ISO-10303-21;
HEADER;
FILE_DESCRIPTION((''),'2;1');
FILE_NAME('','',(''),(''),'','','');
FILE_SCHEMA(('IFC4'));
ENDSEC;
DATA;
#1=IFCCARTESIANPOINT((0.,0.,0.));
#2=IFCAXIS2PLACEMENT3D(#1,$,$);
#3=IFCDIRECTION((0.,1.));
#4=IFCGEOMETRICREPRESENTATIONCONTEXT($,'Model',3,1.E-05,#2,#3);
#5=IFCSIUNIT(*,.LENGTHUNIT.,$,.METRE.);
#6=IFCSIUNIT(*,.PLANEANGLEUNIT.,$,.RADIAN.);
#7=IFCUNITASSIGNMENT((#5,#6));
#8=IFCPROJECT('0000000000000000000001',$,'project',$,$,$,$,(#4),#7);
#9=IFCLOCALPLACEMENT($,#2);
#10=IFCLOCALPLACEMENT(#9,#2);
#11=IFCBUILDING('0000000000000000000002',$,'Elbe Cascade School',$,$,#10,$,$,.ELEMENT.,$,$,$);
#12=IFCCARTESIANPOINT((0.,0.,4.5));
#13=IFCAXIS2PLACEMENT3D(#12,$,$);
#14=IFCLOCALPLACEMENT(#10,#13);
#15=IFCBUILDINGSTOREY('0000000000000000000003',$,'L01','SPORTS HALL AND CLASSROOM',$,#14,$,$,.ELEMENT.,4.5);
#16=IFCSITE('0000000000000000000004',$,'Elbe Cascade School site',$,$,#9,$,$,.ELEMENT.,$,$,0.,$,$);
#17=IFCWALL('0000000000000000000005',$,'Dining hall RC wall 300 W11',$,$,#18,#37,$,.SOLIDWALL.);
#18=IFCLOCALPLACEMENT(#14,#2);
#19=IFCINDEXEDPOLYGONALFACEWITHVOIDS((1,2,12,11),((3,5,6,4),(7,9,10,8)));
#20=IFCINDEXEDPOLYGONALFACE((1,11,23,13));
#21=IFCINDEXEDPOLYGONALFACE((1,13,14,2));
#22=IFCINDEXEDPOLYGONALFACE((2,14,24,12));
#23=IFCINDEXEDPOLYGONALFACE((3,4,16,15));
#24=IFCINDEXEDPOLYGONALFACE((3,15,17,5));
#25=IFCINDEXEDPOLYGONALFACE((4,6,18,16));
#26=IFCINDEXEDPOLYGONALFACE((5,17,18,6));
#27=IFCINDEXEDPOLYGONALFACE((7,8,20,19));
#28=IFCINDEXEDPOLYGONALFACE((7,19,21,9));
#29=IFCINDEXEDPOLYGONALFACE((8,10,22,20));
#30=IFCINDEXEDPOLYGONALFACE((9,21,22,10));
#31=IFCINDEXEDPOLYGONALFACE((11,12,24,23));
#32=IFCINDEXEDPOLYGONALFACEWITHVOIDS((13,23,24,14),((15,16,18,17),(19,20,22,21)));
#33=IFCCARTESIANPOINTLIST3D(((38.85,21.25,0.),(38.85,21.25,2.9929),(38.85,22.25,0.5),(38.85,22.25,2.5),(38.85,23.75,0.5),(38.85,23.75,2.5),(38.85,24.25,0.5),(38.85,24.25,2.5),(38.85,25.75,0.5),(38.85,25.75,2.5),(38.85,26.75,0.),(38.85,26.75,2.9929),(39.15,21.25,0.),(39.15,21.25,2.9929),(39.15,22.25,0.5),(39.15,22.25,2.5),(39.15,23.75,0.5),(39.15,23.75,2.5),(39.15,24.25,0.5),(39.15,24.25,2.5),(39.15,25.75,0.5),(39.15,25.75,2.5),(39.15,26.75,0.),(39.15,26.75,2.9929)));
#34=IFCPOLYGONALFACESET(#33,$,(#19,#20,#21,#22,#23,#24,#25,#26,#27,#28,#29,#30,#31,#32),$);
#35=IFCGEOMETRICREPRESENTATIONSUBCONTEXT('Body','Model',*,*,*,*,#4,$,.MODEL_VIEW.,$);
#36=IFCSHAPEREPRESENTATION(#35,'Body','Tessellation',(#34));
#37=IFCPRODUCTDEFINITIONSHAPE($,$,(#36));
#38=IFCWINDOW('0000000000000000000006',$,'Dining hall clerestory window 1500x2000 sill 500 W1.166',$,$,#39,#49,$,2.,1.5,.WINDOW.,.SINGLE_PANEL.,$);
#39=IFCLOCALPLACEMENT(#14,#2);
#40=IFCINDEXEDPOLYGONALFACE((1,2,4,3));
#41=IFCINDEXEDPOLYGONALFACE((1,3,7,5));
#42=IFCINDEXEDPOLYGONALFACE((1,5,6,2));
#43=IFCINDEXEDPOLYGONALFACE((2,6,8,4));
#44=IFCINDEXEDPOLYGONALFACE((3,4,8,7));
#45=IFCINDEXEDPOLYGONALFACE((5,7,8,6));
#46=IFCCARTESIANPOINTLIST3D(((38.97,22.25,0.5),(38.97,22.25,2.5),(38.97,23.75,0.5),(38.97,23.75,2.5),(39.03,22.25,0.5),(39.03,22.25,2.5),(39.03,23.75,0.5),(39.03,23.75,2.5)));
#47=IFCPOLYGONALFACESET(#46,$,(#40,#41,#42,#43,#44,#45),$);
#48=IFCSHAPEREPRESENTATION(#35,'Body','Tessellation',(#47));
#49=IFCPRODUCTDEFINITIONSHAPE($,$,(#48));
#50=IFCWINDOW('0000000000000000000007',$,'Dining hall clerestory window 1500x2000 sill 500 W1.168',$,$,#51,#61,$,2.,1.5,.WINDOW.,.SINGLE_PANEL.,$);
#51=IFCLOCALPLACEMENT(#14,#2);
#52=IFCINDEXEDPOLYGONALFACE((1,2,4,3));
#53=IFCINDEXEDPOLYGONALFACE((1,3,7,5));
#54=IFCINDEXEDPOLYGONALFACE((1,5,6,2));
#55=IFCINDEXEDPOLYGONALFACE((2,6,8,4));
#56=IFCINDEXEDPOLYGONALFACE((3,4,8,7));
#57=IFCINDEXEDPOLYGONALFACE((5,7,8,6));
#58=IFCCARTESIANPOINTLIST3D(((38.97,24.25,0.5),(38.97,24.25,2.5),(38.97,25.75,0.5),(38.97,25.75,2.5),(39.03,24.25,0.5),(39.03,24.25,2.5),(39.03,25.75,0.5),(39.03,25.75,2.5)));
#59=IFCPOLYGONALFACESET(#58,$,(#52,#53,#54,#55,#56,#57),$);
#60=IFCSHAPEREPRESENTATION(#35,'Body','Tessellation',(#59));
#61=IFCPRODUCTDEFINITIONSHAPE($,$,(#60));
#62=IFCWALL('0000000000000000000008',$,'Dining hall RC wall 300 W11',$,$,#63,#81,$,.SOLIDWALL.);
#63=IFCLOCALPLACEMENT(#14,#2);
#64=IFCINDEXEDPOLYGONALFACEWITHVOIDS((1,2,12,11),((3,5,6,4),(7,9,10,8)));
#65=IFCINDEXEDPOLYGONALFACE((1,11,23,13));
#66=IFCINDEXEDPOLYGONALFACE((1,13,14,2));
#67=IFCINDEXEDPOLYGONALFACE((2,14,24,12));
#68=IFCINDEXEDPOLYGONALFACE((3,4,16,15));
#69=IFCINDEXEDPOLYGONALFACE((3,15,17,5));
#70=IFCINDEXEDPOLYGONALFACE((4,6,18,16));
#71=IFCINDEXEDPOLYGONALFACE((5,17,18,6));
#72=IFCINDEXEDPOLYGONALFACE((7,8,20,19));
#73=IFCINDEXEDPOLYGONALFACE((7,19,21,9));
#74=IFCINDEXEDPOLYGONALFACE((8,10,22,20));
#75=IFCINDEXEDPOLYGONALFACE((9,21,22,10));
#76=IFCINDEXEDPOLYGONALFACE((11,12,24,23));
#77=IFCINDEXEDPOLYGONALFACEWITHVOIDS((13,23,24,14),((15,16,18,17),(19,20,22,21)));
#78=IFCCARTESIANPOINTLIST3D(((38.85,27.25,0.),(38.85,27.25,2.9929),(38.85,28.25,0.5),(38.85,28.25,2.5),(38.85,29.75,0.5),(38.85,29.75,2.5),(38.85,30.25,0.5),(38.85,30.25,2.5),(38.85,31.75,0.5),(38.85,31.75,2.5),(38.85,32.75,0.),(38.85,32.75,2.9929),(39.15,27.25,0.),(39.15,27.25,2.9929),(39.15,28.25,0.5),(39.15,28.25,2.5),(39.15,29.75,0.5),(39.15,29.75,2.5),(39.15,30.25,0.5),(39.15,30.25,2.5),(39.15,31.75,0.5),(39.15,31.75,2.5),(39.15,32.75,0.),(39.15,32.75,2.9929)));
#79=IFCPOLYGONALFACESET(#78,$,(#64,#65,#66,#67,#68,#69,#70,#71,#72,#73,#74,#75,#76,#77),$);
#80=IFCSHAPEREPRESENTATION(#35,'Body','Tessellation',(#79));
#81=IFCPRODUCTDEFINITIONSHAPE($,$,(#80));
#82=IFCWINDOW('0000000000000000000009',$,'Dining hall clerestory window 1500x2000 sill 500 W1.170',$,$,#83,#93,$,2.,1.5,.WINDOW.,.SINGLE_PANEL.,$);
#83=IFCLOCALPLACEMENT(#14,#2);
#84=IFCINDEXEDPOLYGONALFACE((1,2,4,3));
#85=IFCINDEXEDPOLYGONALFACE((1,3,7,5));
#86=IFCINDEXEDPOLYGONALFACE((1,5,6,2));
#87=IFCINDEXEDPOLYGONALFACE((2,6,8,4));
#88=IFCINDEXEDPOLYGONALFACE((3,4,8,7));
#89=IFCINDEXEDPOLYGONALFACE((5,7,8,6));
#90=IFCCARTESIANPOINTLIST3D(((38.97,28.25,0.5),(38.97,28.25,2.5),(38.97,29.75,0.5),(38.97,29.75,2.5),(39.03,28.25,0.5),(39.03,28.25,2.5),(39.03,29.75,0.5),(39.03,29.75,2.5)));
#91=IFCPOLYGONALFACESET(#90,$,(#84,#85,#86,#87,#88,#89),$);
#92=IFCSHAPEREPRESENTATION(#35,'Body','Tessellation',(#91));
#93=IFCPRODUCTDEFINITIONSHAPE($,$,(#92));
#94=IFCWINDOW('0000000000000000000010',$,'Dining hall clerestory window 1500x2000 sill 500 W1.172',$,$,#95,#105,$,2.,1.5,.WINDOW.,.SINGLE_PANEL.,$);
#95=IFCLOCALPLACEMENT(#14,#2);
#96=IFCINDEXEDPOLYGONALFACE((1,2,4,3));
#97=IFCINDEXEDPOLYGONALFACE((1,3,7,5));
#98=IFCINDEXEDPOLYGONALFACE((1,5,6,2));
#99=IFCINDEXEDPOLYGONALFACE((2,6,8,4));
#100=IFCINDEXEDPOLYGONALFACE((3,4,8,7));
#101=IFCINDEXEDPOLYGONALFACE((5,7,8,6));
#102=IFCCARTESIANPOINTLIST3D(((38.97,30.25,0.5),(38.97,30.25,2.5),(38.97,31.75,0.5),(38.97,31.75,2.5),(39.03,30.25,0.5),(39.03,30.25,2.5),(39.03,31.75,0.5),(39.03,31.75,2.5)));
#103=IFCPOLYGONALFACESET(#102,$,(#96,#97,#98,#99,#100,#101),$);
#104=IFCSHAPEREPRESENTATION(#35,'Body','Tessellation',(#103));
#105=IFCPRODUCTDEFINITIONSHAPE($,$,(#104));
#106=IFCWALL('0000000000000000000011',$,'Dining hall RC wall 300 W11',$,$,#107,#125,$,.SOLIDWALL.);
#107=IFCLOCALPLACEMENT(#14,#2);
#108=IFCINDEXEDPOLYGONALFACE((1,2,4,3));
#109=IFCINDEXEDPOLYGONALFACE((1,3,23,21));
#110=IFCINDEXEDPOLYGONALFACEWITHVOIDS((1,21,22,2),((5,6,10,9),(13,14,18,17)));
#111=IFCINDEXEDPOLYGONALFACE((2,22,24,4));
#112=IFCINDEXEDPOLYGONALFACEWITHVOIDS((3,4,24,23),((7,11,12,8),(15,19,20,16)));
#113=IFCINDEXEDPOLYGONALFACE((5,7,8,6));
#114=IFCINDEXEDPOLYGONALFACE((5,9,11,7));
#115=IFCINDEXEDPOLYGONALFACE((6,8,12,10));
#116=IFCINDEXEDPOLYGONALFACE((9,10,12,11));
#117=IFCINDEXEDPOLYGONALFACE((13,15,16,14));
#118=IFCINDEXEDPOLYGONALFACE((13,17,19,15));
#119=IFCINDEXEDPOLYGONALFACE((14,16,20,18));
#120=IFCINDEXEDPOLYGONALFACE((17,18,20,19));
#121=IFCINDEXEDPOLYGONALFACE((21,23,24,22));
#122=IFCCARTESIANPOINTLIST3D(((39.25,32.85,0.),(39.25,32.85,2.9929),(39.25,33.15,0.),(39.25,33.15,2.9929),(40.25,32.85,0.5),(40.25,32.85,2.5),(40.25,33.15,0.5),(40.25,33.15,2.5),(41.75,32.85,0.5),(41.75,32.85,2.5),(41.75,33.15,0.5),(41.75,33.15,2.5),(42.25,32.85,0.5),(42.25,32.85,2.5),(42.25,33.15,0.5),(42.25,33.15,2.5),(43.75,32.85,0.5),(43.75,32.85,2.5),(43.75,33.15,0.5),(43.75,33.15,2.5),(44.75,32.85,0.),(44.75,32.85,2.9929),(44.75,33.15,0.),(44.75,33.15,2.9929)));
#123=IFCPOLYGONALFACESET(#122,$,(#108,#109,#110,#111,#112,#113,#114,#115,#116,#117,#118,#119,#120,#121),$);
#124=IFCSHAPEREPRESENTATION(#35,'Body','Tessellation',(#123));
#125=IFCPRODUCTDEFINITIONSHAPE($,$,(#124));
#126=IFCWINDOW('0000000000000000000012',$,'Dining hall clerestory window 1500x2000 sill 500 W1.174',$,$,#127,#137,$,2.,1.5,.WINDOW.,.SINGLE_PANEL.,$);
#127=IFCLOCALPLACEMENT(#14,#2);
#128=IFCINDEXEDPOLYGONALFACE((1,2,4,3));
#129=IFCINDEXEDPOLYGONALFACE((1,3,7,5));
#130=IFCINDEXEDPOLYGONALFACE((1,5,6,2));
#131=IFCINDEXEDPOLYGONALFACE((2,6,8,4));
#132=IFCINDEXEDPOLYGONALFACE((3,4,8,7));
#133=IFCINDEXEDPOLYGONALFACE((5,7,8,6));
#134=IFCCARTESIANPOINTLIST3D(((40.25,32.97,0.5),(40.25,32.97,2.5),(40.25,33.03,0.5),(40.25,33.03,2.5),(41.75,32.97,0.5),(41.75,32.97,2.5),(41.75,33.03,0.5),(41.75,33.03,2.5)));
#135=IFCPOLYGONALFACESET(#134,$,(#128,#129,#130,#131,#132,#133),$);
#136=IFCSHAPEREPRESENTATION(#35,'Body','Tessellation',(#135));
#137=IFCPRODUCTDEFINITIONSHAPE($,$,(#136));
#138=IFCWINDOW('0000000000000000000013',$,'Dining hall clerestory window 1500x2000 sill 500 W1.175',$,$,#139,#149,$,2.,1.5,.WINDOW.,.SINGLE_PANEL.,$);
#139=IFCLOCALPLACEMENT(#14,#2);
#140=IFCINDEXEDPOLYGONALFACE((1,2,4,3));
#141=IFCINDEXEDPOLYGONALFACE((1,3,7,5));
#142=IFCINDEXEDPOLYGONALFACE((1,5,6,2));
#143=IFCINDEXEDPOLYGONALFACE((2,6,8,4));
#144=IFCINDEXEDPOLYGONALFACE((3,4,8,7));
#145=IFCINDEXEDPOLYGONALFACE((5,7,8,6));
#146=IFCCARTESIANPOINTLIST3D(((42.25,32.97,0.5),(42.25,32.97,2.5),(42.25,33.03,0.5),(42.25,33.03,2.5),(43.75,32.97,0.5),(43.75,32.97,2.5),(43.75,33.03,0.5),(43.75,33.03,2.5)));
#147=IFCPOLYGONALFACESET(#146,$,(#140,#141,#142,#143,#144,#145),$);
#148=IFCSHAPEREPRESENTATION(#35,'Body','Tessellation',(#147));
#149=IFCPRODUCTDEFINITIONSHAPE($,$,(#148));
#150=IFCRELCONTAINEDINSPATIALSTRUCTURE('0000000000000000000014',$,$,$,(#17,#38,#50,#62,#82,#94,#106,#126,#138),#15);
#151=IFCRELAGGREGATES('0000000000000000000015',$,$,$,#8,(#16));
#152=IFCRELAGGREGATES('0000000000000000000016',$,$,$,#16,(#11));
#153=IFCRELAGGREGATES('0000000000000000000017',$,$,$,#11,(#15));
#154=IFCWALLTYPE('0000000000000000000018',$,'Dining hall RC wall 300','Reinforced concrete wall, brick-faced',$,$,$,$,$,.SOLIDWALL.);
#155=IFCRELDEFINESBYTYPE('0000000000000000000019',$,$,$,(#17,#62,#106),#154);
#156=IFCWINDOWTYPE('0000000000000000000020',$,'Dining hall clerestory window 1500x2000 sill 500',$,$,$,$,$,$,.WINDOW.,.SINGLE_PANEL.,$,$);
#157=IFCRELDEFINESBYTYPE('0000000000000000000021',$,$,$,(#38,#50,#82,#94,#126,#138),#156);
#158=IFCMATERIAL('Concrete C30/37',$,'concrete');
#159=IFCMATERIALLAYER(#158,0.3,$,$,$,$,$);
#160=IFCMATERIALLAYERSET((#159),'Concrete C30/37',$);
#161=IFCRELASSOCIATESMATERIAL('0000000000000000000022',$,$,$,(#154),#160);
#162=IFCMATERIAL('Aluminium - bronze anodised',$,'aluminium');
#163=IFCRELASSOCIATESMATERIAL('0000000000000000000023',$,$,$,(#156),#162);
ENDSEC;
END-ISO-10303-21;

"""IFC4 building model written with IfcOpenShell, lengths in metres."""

from ifc_helpers import new_model, si_unit, direction, frame, frame_2d, origin, place, context, subcontext, project, spatial, rectangle, extrude, material, layer, layer_set, type_object, element, fill, save


model = new_model("IFC4")

# Units and contexts
model_context = context("Model", 3, precision=1e-05, world=origin(), true_north=direction((0.0, 1.0)))
body_context = subcontext(model_context, "Body", "Model", "MODEL_VIEW")
ifc_project = project(units=[si_unit("LENGTHUNIT", "METRE"), si_unit("PLANEANGLEUNIT", "RADIAN")], contexts=[model_context])

# Site, building, storey
site_placement = place(None, origin())
site = spatial("IfcSite", under=ifc_project, at=site_placement, Name="Elbe Cascade School site", CompositionType="ELEMENT", RefElevation=0.0)
building_placement = place(site_placement, origin())
building = spatial("IfcBuilding", under=site, at=building_placement, Name="Elbe Cascade School", CompositionType="ELEMENT")
storey_placement = place(building_placement, frame((0.0, 0.0, 4.5)))
storey = spatial("IfcBuildingStorey", under=building, at=storey_placement, Name="L01", Description="SPORTS HALL AND CLASSROOM", CompositionType="ELEMENT", Elevation=4.5)

# Walls, openings, windows
ifc_material_1 = material(Name="Concrete C30/37", Category="concrete")
ifc_layer_1 = layer(ifc_material_1, 0.3)
ifc_layer_set_1 = layer_set([ifc_layer_1], Name="Concrete C30/37")
wall_type_1 = type_object("IfcWallType", Name="Dining hall RC wall 300", Description="Reinforced concrete wall, brick-faced", PredefinedType="SOLIDWALL", material=ifc_layer_set_1)
wall_1_placement = place(storey_placement, frame((39.0, 21.25, 0.0), z_axis=(0.0, 0.0, 1.0), x_axis=(0.0, 1.0, 0.0)))
wall_1 = element("IfcWall", 1, at=wall_1_placement, inside=storey, type_object=wall_type_1, Name="Dining hall RC wall 300 W11", PredefinedType="SOLIDWALL", context=body_context, shape_type="SweptSolid", body=[
    extrude(rectangle(XDim=5.5, YDim=0.3, at=frame_2d((2.75, 0.0))), origin(), (0.0, 0.0, 1.0), 2.9929),
])
opening_1_placement = place(wall_1_placement, frame((1.0, 0.0, 0.5)))
opening_1 = element("IfcOpeningElement", 2, at=opening_1_placement, cuts=wall_1, PredefinedType="OPENING", context=body_context, shape_type="SweptSolid", body=[
    extrude(rectangle(XDim=1.5, YDim=2.0, at=frame_2d((0.75, 1.0))), frame((0.0, 0.1599, 0.0), z_axis=(0.0, -1.0, 0.0), x_axis=(1.0, 0.0, 0.0)), (0.0, 0.0, 1.0), 0.3201),
])
opening_2_placement = place(wall_1_placement, frame((3.0, 0.0, 0.5)))
opening_2 = element("IfcOpeningElement", 3, at=opening_2_placement, cuts=wall_1, PredefinedType="OPENING", context=body_context, shape_type="SweptSolid", body=[
    extrude(rectangle(XDim=1.5, YDim=2.0, at=frame_2d((0.75, 1.0))), frame((0.0, 0.1599, 0.0), z_axis=(0.0, -1.0, 0.0), x_axis=(1.0, 0.0, 0.0)), (0.0, 0.0, 1.0), 0.3201),
])
ifc_material_2 = material(Name="Aluminium - bronze anodised", Category="aluminium")
window_type_1 = type_object("IfcWindowType", Name="Dining hall clerestory window 1500x2000 sill 500", PartitioningType="SINGLE_PANEL", PredefinedType="WINDOW", material=ifc_material_2)
window_1_placement = place(opening_1_placement, origin())
window_1 = element("IfcWindow", 4, at=window_1_placement, inside=storey, type_object=window_type_1, Name="Dining hall clerestory window 1500x2000 sill 500 W1.166", OverallHeight=2.0, OverallWidth=1.5, PartitioningType="SINGLE_PANEL", PredefinedType="WINDOW", context=body_context, shape_type="SweptSolid", body=[
    extrude(rectangle(XDim=1.5, YDim=2.0, at=frame_2d((0.75, 1.0))), frame((0.0, 0.03, 0.0), z_axis=(0.0, -1.0, 0.0), x_axis=(1.0, 0.0, 0.0)), (0.0, 0.0, 1.0), 0.0601),
])
fill(opening_1, window_1)
window_2_placement = place(opening_2_placement, origin())
window_2 = element("IfcWindow", 5, at=window_2_placement, inside=storey, type_object=window_type_1, Name="Dining hall clerestory window 1500x2000 sill 500 W1.168", OverallHeight=2.0, OverallWidth=1.5, PartitioningType="SINGLE_PANEL", PredefinedType="WINDOW", context=body_context, shape_type="SweptSolid", body=[
    extrude(rectangle(XDim=1.5, YDim=2.0, at=frame_2d((0.75, 1.0))), frame((0.0, 0.03, 0.0), z_axis=(0.0, -1.0, 0.0), x_axis=(1.0, 0.0, 0.0)), (0.0, 0.0, 1.0), 0.0601),
])
fill(opening_2, window_2)
wall_2_placement = place(storey_placement, frame((39.0, 27.25, 0.0), z_axis=(0.0, 0.0, 1.0), x_axis=(0.0, 1.0, 0.0)))
wall_2 = element("IfcWall", 6, at=wall_2_placement, inside=storey, type_object=wall_type_1, Name="Dining hall RC wall 300 W11", PredefinedType="SOLIDWALL", context=body_context, shape_type="SweptSolid", body=[
    extrude(rectangle(XDim=5.5, YDim=0.3, at=frame_2d((2.75, 0.0))), origin(), (0.0, 0.0, 1.0), 2.9929),
])
opening_3_placement = place(wall_2_placement, frame((1.0, 0.0, 0.5)))
opening_3 = element("IfcOpeningElement", 7, at=opening_3_placement, cuts=wall_2, PredefinedType="OPENING", context=body_context, shape_type="SweptSolid", body=[
    extrude(rectangle(XDim=1.5, YDim=2.0, at=frame_2d((0.75, 1.0))), frame((0.0, 0.1599, 0.0), z_axis=(0.0, -1.0, 0.0), x_axis=(1.0, 0.0, 0.0)), (0.0, 0.0, 1.0), 0.3201),
])
opening_4_placement = place(wall_2_placement, frame((3.0, 0.0, 0.5)))
opening_4 = element("IfcOpeningElement", 8, at=opening_4_placement, cuts=wall_2, PredefinedType="OPENING", context=body_context, shape_type="SweptSolid", body=[
    extrude(rectangle(XDim=1.5, YDim=2.0, at=frame_2d((0.75, 1.0))), frame((0.0, 0.1599, 0.0), z_axis=(0.0, -1.0, 0.0), x_axis=(1.0, 0.0, 0.0)), (0.0, 0.0, 1.0), 0.3201),
])
window_3_placement = place(opening_3_placement, origin())
window_3 = element("IfcWindow", 9, at=window_3_placement, inside=storey, type_object=window_type_1, Name="Dining hall clerestory window 1500x2000 sill 500 W1.170", OverallHeight=2.0, OverallWidth=1.5, PartitioningType="SINGLE_PANEL", PredefinedType="WINDOW", context=body_context, shape_type="SweptSolid", body=[
    extrude(rectangle(XDim=1.5, YDim=2.0, at=frame_2d((0.75, 1.0))), frame((0.0, 0.03, 0.0), z_axis=(0.0, -1.0, 0.0), x_axis=(1.0, 0.0, 0.0)), (0.0, 0.0, 1.0), 0.0601),
])
fill(opening_3, window_3)
window_4_placement = place(opening_4_placement, origin())
window_4 = element("IfcWindow", 10, at=window_4_placement, inside=storey, type_object=window_type_1, Name="Dining hall clerestory window 1500x2000 sill 500 W1.172", OverallHeight=2.0, OverallWidth=1.5, PartitioningType="SINGLE_PANEL", PredefinedType="WINDOW", context=body_context, shape_type="SweptSolid", body=[
    extrude(rectangle(XDim=1.5, YDim=2.0, at=frame_2d((0.75, 1.0))), frame((0.0, 0.03, 0.0), z_axis=(0.0, -1.0, 0.0), x_axis=(1.0, 0.0, 0.0)), (0.0, 0.0, 1.0), 0.0601),
])
fill(opening_4, window_4)
wall_3_placement = place(storey_placement, frame((39.25, 33.0, 0.0), z_axis=(0.0, 0.0, 1.0), x_axis=(1.0, 0.0, 0.0)))
wall_3 = element("IfcWall", 11, at=wall_3_placement, inside=storey, type_object=wall_type_1, Name="Dining hall RC wall 300 W11", PredefinedType="SOLIDWALL", context=body_context, shape_type="SweptSolid", body=[
    extrude(rectangle(XDim=5.5, YDim=0.3, at=frame_2d((2.75, 0.0))), origin(), (0.0, 0.0, 1.0), 2.9929),
])
opening_5_placement = place(wall_3_placement, frame((1.0, 0.0, 0.5)))
opening_5 = element("IfcOpeningElement", 12, at=opening_5_placement, cuts=wall_3, PredefinedType="OPENING", context=body_context, shape_type="SweptSolid", body=[
    extrude(rectangle(XDim=1.5, YDim=2.0, at=frame_2d((0.75, 1.0))), frame((0.0, 0.1599, 0.0), z_axis=(0.0, -1.0, 0.0), x_axis=(1.0, 0.0, 0.0)), (0.0, 0.0, 1.0), 0.3201),
])
opening_6_placement = place(wall_3_placement, frame((3.0, 0.0, 0.5)))
opening_6 = element("IfcOpeningElement", 13, at=opening_6_placement, cuts=wall_3, PredefinedType="OPENING", context=body_context, shape_type="SweptSolid", body=[
    extrude(rectangle(XDim=1.5, YDim=2.0, at=frame_2d((0.75, 1.0))), frame((0.0, 0.1599, 0.0), z_axis=(0.0, -1.0, 0.0), x_axis=(1.0, 0.0, 0.0)), (0.0, 0.0, 1.0), 0.3201),
])
window_5_placement = place(opening_5_placement, origin())
window_5 = element("IfcWindow", 14, at=window_5_placement, inside=storey, type_object=window_type_1, Name="Dining hall clerestory window 1500x2000 sill 500 W1.174", OverallHeight=2.0, OverallWidth=1.5, PartitioningType="SINGLE_PANEL", PredefinedType="WINDOW", context=body_context, shape_type="SweptSolid", body=[
    extrude(rectangle(XDim=1.5, YDim=2.0, at=frame_2d((0.75, 1.0))), frame((0.0, 0.03, 0.0), z_axis=(0.0, -1.0, 0.0), x_axis=(1.0, 0.0, 0.0)), (0.0, 0.0, 1.0), 0.0601),
])
fill(opening_5, window_5)
window_6_placement = place(opening_6_placement, origin())
window_6 = element("IfcWindow", 15, at=window_6_placement, inside=storey, type_object=window_type_1, Name="Dining hall clerestory window 1500x2000 sill 500 W1.175", OverallHeight=2.0, OverallWidth=1.5, PartitioningType="SINGLE_PANEL", PredefinedType="WINDOW", context=body_context, shape_type="SweptSolid", body=[
    extrude(rectangle(XDim=1.5, YDim=2.0, at=frame_2d((0.75, 1.0))), frame((0.0, 0.03, 0.0), z_axis=(0.0, -1.0, 0.0), x_axis=(1.0, 0.0, 0.0)), (0.0, 0.0, 1.0), 0.0601),
])
fill(opening_6, window_6)

save(model, "model.ifc")
